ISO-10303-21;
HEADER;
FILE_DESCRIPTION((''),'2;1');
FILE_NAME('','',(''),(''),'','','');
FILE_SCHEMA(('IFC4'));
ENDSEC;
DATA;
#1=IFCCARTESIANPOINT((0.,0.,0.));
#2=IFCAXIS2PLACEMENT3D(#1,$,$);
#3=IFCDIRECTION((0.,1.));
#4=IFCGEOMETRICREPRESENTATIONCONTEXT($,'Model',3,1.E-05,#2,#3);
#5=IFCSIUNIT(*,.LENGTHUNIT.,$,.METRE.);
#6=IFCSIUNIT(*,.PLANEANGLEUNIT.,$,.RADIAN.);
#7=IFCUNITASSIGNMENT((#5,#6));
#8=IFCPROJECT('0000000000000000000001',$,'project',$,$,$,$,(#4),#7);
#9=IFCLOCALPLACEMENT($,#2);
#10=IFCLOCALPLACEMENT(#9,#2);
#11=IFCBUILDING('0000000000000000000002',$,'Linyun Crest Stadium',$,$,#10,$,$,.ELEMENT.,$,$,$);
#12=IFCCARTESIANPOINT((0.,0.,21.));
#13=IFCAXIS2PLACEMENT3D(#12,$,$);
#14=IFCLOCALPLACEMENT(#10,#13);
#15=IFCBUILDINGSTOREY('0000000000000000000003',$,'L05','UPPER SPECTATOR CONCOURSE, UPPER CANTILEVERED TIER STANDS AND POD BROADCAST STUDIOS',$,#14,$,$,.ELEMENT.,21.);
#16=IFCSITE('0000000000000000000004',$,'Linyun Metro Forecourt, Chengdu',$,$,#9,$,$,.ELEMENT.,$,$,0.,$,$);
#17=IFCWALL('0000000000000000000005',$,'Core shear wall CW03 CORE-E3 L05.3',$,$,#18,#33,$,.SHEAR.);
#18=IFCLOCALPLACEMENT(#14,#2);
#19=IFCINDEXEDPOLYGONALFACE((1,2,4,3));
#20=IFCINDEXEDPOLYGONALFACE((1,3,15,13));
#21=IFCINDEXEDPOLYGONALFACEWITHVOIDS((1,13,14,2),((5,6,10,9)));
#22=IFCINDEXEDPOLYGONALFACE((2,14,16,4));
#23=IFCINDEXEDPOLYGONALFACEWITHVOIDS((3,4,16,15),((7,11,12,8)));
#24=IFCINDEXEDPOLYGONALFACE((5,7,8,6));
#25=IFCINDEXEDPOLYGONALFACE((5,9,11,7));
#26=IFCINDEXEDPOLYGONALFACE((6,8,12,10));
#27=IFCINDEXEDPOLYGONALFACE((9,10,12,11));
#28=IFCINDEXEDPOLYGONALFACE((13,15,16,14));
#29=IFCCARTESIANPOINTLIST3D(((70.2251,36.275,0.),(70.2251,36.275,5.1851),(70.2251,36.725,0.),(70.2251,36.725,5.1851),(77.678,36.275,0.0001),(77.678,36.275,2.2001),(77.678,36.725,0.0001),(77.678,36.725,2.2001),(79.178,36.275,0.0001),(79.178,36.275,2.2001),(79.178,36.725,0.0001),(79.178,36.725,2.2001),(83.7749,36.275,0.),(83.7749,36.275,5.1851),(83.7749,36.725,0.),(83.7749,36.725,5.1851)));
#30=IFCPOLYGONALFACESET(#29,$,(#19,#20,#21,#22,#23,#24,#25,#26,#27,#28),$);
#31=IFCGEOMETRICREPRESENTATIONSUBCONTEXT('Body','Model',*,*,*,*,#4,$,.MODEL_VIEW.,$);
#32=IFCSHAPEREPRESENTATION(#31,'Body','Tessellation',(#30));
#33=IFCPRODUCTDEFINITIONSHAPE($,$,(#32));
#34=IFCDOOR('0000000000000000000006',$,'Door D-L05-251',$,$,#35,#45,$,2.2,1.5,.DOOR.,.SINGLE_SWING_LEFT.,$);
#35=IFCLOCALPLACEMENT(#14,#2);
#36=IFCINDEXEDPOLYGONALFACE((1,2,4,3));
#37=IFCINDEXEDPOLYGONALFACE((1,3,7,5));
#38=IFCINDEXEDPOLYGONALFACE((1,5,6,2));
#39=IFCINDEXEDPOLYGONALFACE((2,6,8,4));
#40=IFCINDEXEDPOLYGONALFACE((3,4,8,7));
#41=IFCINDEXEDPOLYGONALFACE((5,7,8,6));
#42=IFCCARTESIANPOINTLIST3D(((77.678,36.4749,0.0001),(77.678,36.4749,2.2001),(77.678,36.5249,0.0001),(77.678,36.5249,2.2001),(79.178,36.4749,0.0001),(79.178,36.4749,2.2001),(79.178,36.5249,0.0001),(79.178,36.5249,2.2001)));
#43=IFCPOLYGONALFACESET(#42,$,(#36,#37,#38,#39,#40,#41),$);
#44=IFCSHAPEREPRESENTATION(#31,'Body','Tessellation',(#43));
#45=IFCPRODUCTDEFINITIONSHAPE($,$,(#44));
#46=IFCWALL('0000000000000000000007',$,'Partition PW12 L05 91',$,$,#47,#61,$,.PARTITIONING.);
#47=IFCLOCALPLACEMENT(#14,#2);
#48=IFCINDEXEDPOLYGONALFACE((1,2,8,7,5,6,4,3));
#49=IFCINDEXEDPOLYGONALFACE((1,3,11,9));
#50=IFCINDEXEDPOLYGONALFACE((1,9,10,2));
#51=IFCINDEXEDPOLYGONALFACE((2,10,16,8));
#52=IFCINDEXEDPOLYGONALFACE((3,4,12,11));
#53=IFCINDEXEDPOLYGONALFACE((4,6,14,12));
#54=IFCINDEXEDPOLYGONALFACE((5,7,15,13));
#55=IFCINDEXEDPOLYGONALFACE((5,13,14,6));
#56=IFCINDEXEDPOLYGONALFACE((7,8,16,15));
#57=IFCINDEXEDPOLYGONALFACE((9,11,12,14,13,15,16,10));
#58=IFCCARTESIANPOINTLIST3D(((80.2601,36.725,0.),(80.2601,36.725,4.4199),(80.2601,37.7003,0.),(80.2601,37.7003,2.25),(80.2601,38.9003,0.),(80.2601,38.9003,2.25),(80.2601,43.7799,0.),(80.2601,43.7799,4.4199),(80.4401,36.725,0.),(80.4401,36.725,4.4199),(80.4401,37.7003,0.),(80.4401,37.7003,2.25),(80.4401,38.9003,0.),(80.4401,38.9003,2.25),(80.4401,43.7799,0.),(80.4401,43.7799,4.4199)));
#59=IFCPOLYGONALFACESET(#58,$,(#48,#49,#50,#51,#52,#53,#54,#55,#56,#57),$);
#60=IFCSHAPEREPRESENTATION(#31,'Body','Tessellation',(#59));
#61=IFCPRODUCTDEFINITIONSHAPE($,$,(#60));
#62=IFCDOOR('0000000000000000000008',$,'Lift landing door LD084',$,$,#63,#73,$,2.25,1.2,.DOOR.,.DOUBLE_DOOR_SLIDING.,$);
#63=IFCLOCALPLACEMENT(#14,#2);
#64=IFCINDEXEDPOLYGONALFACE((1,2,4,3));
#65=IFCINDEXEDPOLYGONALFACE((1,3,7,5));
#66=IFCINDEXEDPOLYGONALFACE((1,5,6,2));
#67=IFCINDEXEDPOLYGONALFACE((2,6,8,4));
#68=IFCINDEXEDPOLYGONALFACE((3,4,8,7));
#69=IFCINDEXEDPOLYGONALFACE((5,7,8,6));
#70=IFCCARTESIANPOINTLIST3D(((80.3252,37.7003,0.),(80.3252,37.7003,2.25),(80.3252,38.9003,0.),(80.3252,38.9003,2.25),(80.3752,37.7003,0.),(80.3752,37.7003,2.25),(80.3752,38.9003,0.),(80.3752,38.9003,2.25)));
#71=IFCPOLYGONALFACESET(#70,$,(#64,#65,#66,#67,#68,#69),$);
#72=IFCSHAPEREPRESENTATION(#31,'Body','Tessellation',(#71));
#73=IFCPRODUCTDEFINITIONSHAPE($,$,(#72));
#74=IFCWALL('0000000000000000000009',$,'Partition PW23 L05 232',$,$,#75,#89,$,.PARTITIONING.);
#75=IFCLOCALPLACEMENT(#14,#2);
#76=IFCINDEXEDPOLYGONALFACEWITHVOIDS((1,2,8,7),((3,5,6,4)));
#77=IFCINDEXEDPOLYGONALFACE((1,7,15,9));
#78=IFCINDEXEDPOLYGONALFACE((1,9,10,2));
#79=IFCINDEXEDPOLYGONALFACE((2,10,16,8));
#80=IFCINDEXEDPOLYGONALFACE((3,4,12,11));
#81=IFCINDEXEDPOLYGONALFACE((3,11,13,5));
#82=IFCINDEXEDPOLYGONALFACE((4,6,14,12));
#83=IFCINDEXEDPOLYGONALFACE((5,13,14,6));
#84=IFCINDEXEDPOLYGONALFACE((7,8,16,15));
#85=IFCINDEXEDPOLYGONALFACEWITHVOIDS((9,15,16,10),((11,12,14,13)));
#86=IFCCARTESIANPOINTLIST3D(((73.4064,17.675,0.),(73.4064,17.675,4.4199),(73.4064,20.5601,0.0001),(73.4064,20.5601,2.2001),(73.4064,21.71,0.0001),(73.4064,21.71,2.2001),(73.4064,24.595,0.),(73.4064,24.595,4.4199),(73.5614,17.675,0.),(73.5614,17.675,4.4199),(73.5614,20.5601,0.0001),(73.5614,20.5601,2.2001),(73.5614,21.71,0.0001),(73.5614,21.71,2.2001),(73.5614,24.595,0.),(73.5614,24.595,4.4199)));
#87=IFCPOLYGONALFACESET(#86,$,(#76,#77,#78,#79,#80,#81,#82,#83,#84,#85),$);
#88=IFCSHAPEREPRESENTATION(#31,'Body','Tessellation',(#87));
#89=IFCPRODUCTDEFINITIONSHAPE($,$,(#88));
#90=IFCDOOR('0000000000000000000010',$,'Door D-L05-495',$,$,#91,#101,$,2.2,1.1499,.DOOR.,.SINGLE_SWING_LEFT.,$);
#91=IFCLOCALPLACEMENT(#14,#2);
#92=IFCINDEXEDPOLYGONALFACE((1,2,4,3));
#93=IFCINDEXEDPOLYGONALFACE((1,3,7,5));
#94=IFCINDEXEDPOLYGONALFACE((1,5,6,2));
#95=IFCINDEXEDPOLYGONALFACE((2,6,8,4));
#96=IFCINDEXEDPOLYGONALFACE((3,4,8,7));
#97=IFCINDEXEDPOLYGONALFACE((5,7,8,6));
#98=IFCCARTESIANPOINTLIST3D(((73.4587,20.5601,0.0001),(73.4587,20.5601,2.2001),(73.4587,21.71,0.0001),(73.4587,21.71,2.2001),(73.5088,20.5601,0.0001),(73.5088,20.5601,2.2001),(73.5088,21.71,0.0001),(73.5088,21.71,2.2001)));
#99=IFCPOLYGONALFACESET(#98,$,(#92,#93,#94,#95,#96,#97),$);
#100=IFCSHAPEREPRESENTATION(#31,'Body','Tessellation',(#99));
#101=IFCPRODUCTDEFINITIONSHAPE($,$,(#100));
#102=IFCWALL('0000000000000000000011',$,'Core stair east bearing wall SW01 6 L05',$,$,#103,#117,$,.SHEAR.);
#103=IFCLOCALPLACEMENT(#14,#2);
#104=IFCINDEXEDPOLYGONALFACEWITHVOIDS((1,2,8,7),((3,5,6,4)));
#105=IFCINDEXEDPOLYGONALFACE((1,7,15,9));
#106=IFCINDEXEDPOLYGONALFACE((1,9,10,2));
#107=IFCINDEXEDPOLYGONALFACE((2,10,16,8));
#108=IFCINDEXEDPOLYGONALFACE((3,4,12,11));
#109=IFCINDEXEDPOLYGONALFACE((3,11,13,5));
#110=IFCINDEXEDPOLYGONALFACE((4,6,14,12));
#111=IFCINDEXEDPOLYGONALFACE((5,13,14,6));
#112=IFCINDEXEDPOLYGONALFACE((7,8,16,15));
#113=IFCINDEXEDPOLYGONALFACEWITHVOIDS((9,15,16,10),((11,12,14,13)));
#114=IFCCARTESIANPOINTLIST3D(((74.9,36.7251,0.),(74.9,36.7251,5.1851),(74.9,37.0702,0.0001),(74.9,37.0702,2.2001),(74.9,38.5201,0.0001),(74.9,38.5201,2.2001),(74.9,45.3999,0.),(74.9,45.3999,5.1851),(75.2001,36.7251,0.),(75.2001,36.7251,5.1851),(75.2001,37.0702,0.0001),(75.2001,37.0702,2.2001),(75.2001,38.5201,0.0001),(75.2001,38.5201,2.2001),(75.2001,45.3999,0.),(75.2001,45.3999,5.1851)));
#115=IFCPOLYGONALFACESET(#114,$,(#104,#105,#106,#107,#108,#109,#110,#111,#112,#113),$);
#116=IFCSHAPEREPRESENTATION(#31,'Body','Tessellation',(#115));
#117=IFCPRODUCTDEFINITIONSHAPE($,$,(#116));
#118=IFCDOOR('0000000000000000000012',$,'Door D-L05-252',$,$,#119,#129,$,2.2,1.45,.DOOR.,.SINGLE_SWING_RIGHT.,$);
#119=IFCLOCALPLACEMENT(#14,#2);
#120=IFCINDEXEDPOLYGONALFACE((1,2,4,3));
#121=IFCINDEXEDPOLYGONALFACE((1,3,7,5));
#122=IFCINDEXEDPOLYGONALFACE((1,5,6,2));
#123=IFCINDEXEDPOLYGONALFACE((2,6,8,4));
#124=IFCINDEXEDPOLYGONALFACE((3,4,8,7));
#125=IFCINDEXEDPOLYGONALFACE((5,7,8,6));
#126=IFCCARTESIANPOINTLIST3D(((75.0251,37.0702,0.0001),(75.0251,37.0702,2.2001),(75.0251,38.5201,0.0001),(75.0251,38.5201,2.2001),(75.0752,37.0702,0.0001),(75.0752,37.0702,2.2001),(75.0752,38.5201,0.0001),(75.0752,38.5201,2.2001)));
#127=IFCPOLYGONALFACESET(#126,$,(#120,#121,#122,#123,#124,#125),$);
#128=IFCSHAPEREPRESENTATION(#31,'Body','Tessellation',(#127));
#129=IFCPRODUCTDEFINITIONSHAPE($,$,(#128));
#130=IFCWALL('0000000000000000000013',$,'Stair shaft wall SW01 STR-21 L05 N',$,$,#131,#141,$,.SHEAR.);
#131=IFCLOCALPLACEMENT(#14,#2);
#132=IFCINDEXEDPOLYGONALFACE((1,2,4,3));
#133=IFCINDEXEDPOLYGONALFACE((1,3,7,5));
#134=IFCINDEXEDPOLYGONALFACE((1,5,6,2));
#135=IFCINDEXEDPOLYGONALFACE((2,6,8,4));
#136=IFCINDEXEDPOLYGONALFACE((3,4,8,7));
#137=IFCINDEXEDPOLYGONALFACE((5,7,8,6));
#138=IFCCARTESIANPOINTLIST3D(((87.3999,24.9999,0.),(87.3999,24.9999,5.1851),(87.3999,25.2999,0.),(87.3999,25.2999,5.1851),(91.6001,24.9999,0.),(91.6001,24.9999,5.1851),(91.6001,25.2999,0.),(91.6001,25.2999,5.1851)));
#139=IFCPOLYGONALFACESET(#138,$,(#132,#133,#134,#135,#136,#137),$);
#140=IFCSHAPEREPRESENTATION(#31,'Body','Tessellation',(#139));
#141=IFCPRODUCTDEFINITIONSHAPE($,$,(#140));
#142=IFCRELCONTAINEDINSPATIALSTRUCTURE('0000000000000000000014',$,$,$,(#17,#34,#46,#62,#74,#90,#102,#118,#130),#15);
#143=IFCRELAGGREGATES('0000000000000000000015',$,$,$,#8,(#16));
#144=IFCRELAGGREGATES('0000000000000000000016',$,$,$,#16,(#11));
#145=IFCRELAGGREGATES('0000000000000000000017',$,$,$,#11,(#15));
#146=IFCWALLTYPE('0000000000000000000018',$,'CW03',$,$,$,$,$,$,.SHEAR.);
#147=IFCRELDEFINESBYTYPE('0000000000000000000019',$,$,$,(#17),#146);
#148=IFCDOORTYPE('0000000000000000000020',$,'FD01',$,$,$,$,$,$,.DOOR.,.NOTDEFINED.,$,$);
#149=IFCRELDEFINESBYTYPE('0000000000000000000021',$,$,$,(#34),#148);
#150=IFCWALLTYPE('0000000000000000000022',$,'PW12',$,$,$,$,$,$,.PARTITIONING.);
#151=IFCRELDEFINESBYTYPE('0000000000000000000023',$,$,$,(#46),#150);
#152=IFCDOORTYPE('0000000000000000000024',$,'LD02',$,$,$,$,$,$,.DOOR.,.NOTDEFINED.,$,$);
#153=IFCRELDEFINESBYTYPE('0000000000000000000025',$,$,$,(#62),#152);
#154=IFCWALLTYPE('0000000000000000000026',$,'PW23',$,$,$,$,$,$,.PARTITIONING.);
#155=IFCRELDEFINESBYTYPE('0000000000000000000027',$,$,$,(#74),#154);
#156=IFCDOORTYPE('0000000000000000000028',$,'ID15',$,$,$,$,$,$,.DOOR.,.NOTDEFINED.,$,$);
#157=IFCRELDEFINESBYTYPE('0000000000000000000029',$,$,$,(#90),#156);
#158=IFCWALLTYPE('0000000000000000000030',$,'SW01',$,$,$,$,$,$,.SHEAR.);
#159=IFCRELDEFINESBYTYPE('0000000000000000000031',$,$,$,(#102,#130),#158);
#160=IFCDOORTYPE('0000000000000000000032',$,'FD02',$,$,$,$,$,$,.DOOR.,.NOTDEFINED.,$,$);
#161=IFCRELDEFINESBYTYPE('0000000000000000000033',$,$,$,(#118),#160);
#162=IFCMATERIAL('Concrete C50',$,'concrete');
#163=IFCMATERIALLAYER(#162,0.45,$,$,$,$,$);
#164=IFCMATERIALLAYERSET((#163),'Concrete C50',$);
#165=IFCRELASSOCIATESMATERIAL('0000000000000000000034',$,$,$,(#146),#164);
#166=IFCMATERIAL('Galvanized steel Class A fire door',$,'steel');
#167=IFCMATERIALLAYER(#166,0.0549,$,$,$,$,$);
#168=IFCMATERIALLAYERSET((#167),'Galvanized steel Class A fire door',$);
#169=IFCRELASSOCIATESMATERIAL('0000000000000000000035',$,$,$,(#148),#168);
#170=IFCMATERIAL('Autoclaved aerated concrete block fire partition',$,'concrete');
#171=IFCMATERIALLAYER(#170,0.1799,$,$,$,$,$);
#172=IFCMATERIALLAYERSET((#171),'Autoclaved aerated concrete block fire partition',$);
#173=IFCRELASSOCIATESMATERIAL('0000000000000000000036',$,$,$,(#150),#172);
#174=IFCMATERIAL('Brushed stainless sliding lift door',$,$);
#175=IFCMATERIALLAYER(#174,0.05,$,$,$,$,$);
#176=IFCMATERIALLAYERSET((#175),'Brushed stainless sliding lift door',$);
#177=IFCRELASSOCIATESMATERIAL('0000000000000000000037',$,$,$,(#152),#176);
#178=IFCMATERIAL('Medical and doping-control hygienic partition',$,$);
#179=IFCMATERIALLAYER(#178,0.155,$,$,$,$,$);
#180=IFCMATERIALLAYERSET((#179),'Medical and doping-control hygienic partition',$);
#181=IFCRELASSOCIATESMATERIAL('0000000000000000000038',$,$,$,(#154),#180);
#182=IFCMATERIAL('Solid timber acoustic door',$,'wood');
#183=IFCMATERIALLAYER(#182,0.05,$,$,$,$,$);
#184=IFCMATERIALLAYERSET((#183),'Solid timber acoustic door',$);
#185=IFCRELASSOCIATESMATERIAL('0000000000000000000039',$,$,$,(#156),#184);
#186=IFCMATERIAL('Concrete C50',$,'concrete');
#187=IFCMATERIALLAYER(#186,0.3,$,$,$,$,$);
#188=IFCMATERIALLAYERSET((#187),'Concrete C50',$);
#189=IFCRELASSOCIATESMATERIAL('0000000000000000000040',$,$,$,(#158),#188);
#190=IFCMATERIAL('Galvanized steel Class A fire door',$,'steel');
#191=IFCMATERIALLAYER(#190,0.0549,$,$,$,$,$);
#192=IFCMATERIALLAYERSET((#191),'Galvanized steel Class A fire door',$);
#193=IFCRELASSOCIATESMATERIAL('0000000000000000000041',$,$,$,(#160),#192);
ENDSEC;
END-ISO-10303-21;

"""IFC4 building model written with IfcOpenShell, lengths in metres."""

from ifc_helpers import new_model, si_unit, direction, frame, frame_2d, origin, place, context, subcontext, project, spatial, rectangle, extrude, material, layer, layer_set, type_object, element, fill, save


model = new_model("IFC4")

# Units and contexts
model_context = context("Model", 3, precision=1e-05, world=origin(), true_north=direction((0.0, 1.0)))
body_context = subcontext(model_context, "Body", "Model", "MODEL_VIEW")
ifc_project = project(units=[si_unit("LENGTHUNIT", "METRE"), si_unit("PLANEANGLEUNIT", "RADIAN")], contexts=[model_context])

# Site, building, storey
site_placement = place(None, origin())
site = spatial("IfcSite", under=ifc_project, at=site_placement, Name="Linyun Metro Forecourt, Chengdu", CompositionType="ELEMENT", RefElevation=0.0)
building_placement = place(site_placement, origin())
building = spatial("IfcBuilding", under=site, at=building_placement, Name="Linyun Crest Stadium", CompositionType="ELEMENT")
storey_placement = place(building_placement, frame((0.0, 0.0, 21.0)))
storey = spatial("IfcBuildingStorey", under=building, at=storey_placement, Name="L05", Description="UPPER SPECTATOR CONCOURSE, UPPER CANTILEVERED TIER STANDS AND POD BROADCAST STUDIOS", CompositionType="ELEMENT", Elevation=21.0)

# Shared definitions
ifc_material_1 = material(Name="Concrete C50", Category="concrete")
ifc_layer_1 = layer(ifc_material_1, 0.45)
ifc_layer_set_1 = layer_set([ifc_layer_1], Name="Concrete C50")
wall_type_1 = type_object("IfcWallType", Name="CW03", PredefinedType="SHEAR", material=ifc_layer_set_1)

# Walls, openings, doors
wall_1_placement = place(storey_placement, frame((70.2251, 36.5, 0.0), z_axis=(0.0, 0.0, 1.0), x_axis=(1.0, 0.0, 0.0)))
wall_1 = element("IfcWall", 1, at=wall_1_placement, inside=storey, type_object=wall_type_1, Name="Core shear wall CW03 CORE-E3 L05.3", PredefinedType="SHEAR", context=body_context, shape_type="SweptSolid", body=[
    extrude(rectangle(XDim=13.5498, YDim=0.45, at=frame_2d((6.7749, 0.0))), origin(), (0.0, 0.0, 1.0), 5.1851),
])
opening_1_placement = place(wall_1_placement, frame((7.4529, 0.0, 0.0)))
opening_1 = element("IfcOpeningElement", 2, at=opening_1_placement, cuts=wall_1, PredefinedType="OPENING", context=body_context, shape_type="SweptSolid", body=[
    extrude(rectangle(XDim=1.5, YDim=2.2, at=frame_2d((0.75, 1.1001))), frame((0.0, 0.2349, 0.0), z_axis=(0.0, -1.0, 0.0), x_axis=(1.0, 0.0, 0.0)), (0.0, 0.0, 1.0), 0.47),
])
ifc_material_2 = material(Name="Galvanized steel Class A fire door", Category="steel")
ifc_layer_2 = layer(ifc_material_2, 0.0549)
ifc_layer_set_2 = layer_set([ifc_layer_2], Name="Galvanized steel Class A fire door")
door_type_1 = type_object("IfcDoorType", Name="FD01", OperationType="NOTDEFINED", PredefinedType="DOOR", material=ifc_layer_set_2)
door_1_placement = place(opening_1_placement, origin())
door_1 = element("IfcDoor", 3, at=door_1_placement, inside=storey, type_object=door_type_1, Name="Door D-L05-251", OperationType="SINGLE_SWING_LEFT", OverallHeight=2.2, OverallWidth=1.5, PredefinedType="DOOR", context=body_context, shape_type="SweptSolid", body=[
    extrude(rectangle(XDim=1.5, YDim=2.2, at=frame_2d((0.75, 1.1001))), frame((0.0, 0.0249, 0.0), z_axis=(0.0, -1.0, 0.0), x_axis=(1.0, 0.0, 0.0)), (0.0, 0.0, 1.0), 0.05),
])
fill(opening_1, door_1)
ifc_material_3 = material(Name="Autoclaved aerated concrete block fire partition", Category="concrete")
ifc_layer_3 = layer(ifc_material_3, 0.1799)
ifc_layer_set_3 = layer_set([ifc_layer_3], Name="Autoclaved aerated concrete block fire partition")
wall_type_2 = type_object("IfcWallType", Name="PW12", PredefinedType="PARTITIONING", material=ifc_layer_set_3)
wall_2_placement = place(storey_placement, frame((80.3501, 36.7251, 0.0), z_axis=(0.0, 0.0, 1.0), x_axis=(0.0, 1.0, 0.0)))
wall_2 = element("IfcWall", 4, at=wall_2_placement, inside=storey, type_object=wall_type_2, Name="Partition PW12 L05 91", PredefinedType="PARTITIONING", context=body_context, shape_type="SweptSolid", body=[
    extrude(rectangle(XDim=7.0549, YDim=0.1799, at=frame_2d((3.5273, 0.0))), origin(), (0.0, 0.0, 1.0), 4.4199),
])
opening_2_placement = place(wall_2_placement, frame((0.9751, 0.0, 0.0)))
opening_2 = element("IfcOpeningElement", 5, at=opening_2_placement, cuts=wall_2, PredefinedType="OPENING", context=body_context, shape_type="SweptSolid", body=[
    extrude(rectangle(XDim=1.2, YDim=2.25, at=frame_2d((0.6001, 1.125))), frame((0.0, 0.0999, 0.0), z_axis=(0.0, -1.0, 0.0), x_axis=(1.0, 0.0, 0.0)), (0.0, 0.0, 1.0), 0.2),
])
ifc_material_4 = material(Name="Brushed stainless sliding lift door")
ifc_layer_4 = layer(ifc_material_4, 0.05)
ifc_layer_set_4 = layer_set([ifc_layer_4], Name="Brushed stainless sliding lift door")
door_type_2 = type_object("IfcDoorType", Name="LD02", OperationType="NOTDEFINED", PredefinedType="DOOR", material=ifc_layer_set_4)
door_2_placement = place(opening_2_placement, origin())
door_2 = element("IfcDoor", 6, at=door_2_placement, inside=storey, type_object=door_type_2, Name="Lift landing door LD084", OperationType="DOUBLE_DOOR_SLIDING", OverallHeight=2.25, OverallWidth=1.2, PredefinedType="DOOR", context=body_context, shape_type="SweptSolid", body=[
    extrude(rectangle(XDim=1.2, YDim=2.25, at=frame_2d((0.6001, 1.125))), frame((0.0, 0.0249, 0.0), z_axis=(0.0, -1.0, 0.0), x_axis=(1.0, 0.0, 0.0)), (0.0, 0.0, 1.0), 0.05),
])
fill(opening_2, door_2)
ifc_material_5 = material(Name="Medical and doping-control hygienic partition")
ifc_layer_5 = layer(ifc_material_5, 0.155)
ifc_layer_set_5 = layer_set([ifc_layer_5], Name="Medical and doping-control hygienic partition")
wall_type_3 = type_object("IfcWallType", Name="PW23", PredefinedType="PARTITIONING", material=ifc_layer_set_5)
wall_3_placement = place(storey_placement, frame((73.4839, 24.595, 0.0), z_axis=(0.0, 0.0, 1.0), x_axis=(0.0, -1.0, 0.0)))
wall_3 = element("IfcWall", 7, at=wall_3_placement, inside=storey, type_object=wall_type_3, Name="Partition PW23 L05 232", PredefinedType="PARTITIONING", context=body_context, shape_type="SweptSolid", body=[
    extrude(rectangle(XDim=6.9199, YDim=0.155, at=frame_2d((3.46, 0.0))), origin(), (0.0, 0.0, 1.0), 4.4199),
])
opening_3_placement = place(wall_3_placement, frame((2.885, 0.0, 0.0)))
opening_3 = element("IfcOpeningElement", 8, at=opening_3_placement, cuts=wall_3, PredefinedType="OPENING", context=body_context, shape_type="SweptSolid", body=[
    extrude(rectangle(XDim=1.1499, YDim=2.2, at=frame_2d((0.575, 1.1001))), frame((0.0, 0.0874, 0.0), z_axis=(0.0, -1.0, 0.0), x_axis=(1.0, 0.0, 0.0)), (0.0, 0.0, 1.0), 0.175),
])
ifc_material_6 = material(Name="Solid timber acoustic door", Category="wood")
ifc_layer_6 = layer(ifc_material_6, 0.05)
ifc_layer_set_6 = layer_set([ifc_layer_6], Name="Solid timber acoustic door")
door_type_3 = type_object("IfcDoorType", Name="ID15", OperationType="NOTDEFINED", PredefinedType="DOOR", material=ifc_layer_set_6)
door_3_placement = place(opening_3_placement, origin())
door_3 = element("IfcDoor", 9, at=door_3_placement, inside=storey, type_object=door_type_3, Name="Door D-L05-495", OperationType="SINGLE_SWING_LEFT", OverallHeight=2.2, OverallWidth=1.1499, PredefinedType="DOOR", context=body_context, shape_type="SweptSolid", body=[
    extrude(rectangle(XDim=1.1499, YDim=2.2, at=frame_2d((0.575, 1.1001))), frame((0.0, 0.0249, 0.0), z_axis=(0.0, -1.0, 0.0), x_axis=(1.0, 0.0, 0.0)), (0.0, 0.0, 1.0), 0.05),
])
fill(opening_3, door_3)
ifc_material_7 = material(Name="Concrete C50", Category="concrete")
ifc_layer_7 = layer(ifc_material_7, 0.3)
ifc_layer_set_7 = layer_set([ifc_layer_7], Name="Concrete C50")
wall_type_4 = type_object("IfcWallType", Name="SW01", PredefinedType="SHEAR", material=ifc_layer_set_7)
wall_4_placement = place(storey_placement, frame((75.05, 36.7251, 0.0), z_axis=(0.0, 0.0, 1.0), x_axis=(0.0, 1.0, 0.0)))
wall_4 = element("IfcWall", 10, at=wall_4_placement, inside=storey, type_object=wall_type_4, Name="Core stair east bearing wall SW01 6 L05", PredefinedType="SHEAR", context=body_context, shape_type="SweptSolid", body=[
    extrude(rectangle(XDim=8.6748, YDim=0.3, at=frame_2d((4.3374, 0.0))), origin(), (0.0, 0.0, 1.0), 5.1851),
])
opening_4_placement = place(wall_4_placement, frame((0.345, 0.0, 0.0)))
opening_4 = element("IfcOpeningElement", 11, at=opening_4_placement, cuts=wall_4, PredefinedType="OPENING", context=body_context, shape_type="SweptSolid", body=[
    extrude(rectangle(XDim=1.45, YDim=2.2, at=frame_2d((0.7251, 1.1001))), frame((0.0, 0.1599, 0.0), z_axis=(0.0, -1.0, 0.0), x_axis=(1.0, 0.0, 0.0)), (0.0, 0.0, 1.0), 0.3201),
])
ifc_material_8 = material(Name="Galvanized steel Class A fire door", Category="steel")
ifc_layer_8 = layer(ifc_material_8, 0.0549)
ifc_layer_set_8 = layer_set([ifc_layer_8], Name="Galvanized steel Class A fire door")
door_type_4 = type_object("IfcDoorType", Name="FD02", OperationType="NOTDEFINED", PredefinedType="DOOR", material=ifc_layer_set_8)
door_4_placement = place(opening_4_placement, origin())
door_4 = element("IfcDoor", 12, at=door_4_placement, inside=storey, type_object=door_type_4, Name="Door D-L05-252", OperationType="SINGLE_SWING_RIGHT", OverallHeight=2.2, OverallWidth=1.45, PredefinedType="DOOR", context=body_context, shape_type="SweptSolid", body=[
    extrude(rectangle(XDim=1.45, YDim=2.2, at=frame_2d((0.7251, 1.1001))), frame((0.0, 0.0249, 0.0), z_axis=(0.0, -1.0, 0.0), x_axis=(1.0, 0.0, 0.0)), (0.0, 0.0, 1.0), 0.05),
])
fill(opening_4, door_4)

# Wall
wall_5_placement = place(storey_placement, frame((87.3999, 25.1499, 0.0), z_axis=(0.0, 0.0, 1.0), x_axis=(1.0, 0.0, 0.0)))
element("IfcWall", 13, at=wall_5_placement, inside=storey, type_object=wall_type_4, Name="Stair shaft wall SW01 STR-21 L05 N", PredefinedType="SHEAR", context=body_context, shape_type="SweptSolid", body=[
    extrude(rectangle(XDim=4.2002, YDim=0.3, at=frame_2d((2.1001, 0.0))), origin(), (0.0, 0.0, 1.0), 5.1851),
])

save(model, "model.ifc")
